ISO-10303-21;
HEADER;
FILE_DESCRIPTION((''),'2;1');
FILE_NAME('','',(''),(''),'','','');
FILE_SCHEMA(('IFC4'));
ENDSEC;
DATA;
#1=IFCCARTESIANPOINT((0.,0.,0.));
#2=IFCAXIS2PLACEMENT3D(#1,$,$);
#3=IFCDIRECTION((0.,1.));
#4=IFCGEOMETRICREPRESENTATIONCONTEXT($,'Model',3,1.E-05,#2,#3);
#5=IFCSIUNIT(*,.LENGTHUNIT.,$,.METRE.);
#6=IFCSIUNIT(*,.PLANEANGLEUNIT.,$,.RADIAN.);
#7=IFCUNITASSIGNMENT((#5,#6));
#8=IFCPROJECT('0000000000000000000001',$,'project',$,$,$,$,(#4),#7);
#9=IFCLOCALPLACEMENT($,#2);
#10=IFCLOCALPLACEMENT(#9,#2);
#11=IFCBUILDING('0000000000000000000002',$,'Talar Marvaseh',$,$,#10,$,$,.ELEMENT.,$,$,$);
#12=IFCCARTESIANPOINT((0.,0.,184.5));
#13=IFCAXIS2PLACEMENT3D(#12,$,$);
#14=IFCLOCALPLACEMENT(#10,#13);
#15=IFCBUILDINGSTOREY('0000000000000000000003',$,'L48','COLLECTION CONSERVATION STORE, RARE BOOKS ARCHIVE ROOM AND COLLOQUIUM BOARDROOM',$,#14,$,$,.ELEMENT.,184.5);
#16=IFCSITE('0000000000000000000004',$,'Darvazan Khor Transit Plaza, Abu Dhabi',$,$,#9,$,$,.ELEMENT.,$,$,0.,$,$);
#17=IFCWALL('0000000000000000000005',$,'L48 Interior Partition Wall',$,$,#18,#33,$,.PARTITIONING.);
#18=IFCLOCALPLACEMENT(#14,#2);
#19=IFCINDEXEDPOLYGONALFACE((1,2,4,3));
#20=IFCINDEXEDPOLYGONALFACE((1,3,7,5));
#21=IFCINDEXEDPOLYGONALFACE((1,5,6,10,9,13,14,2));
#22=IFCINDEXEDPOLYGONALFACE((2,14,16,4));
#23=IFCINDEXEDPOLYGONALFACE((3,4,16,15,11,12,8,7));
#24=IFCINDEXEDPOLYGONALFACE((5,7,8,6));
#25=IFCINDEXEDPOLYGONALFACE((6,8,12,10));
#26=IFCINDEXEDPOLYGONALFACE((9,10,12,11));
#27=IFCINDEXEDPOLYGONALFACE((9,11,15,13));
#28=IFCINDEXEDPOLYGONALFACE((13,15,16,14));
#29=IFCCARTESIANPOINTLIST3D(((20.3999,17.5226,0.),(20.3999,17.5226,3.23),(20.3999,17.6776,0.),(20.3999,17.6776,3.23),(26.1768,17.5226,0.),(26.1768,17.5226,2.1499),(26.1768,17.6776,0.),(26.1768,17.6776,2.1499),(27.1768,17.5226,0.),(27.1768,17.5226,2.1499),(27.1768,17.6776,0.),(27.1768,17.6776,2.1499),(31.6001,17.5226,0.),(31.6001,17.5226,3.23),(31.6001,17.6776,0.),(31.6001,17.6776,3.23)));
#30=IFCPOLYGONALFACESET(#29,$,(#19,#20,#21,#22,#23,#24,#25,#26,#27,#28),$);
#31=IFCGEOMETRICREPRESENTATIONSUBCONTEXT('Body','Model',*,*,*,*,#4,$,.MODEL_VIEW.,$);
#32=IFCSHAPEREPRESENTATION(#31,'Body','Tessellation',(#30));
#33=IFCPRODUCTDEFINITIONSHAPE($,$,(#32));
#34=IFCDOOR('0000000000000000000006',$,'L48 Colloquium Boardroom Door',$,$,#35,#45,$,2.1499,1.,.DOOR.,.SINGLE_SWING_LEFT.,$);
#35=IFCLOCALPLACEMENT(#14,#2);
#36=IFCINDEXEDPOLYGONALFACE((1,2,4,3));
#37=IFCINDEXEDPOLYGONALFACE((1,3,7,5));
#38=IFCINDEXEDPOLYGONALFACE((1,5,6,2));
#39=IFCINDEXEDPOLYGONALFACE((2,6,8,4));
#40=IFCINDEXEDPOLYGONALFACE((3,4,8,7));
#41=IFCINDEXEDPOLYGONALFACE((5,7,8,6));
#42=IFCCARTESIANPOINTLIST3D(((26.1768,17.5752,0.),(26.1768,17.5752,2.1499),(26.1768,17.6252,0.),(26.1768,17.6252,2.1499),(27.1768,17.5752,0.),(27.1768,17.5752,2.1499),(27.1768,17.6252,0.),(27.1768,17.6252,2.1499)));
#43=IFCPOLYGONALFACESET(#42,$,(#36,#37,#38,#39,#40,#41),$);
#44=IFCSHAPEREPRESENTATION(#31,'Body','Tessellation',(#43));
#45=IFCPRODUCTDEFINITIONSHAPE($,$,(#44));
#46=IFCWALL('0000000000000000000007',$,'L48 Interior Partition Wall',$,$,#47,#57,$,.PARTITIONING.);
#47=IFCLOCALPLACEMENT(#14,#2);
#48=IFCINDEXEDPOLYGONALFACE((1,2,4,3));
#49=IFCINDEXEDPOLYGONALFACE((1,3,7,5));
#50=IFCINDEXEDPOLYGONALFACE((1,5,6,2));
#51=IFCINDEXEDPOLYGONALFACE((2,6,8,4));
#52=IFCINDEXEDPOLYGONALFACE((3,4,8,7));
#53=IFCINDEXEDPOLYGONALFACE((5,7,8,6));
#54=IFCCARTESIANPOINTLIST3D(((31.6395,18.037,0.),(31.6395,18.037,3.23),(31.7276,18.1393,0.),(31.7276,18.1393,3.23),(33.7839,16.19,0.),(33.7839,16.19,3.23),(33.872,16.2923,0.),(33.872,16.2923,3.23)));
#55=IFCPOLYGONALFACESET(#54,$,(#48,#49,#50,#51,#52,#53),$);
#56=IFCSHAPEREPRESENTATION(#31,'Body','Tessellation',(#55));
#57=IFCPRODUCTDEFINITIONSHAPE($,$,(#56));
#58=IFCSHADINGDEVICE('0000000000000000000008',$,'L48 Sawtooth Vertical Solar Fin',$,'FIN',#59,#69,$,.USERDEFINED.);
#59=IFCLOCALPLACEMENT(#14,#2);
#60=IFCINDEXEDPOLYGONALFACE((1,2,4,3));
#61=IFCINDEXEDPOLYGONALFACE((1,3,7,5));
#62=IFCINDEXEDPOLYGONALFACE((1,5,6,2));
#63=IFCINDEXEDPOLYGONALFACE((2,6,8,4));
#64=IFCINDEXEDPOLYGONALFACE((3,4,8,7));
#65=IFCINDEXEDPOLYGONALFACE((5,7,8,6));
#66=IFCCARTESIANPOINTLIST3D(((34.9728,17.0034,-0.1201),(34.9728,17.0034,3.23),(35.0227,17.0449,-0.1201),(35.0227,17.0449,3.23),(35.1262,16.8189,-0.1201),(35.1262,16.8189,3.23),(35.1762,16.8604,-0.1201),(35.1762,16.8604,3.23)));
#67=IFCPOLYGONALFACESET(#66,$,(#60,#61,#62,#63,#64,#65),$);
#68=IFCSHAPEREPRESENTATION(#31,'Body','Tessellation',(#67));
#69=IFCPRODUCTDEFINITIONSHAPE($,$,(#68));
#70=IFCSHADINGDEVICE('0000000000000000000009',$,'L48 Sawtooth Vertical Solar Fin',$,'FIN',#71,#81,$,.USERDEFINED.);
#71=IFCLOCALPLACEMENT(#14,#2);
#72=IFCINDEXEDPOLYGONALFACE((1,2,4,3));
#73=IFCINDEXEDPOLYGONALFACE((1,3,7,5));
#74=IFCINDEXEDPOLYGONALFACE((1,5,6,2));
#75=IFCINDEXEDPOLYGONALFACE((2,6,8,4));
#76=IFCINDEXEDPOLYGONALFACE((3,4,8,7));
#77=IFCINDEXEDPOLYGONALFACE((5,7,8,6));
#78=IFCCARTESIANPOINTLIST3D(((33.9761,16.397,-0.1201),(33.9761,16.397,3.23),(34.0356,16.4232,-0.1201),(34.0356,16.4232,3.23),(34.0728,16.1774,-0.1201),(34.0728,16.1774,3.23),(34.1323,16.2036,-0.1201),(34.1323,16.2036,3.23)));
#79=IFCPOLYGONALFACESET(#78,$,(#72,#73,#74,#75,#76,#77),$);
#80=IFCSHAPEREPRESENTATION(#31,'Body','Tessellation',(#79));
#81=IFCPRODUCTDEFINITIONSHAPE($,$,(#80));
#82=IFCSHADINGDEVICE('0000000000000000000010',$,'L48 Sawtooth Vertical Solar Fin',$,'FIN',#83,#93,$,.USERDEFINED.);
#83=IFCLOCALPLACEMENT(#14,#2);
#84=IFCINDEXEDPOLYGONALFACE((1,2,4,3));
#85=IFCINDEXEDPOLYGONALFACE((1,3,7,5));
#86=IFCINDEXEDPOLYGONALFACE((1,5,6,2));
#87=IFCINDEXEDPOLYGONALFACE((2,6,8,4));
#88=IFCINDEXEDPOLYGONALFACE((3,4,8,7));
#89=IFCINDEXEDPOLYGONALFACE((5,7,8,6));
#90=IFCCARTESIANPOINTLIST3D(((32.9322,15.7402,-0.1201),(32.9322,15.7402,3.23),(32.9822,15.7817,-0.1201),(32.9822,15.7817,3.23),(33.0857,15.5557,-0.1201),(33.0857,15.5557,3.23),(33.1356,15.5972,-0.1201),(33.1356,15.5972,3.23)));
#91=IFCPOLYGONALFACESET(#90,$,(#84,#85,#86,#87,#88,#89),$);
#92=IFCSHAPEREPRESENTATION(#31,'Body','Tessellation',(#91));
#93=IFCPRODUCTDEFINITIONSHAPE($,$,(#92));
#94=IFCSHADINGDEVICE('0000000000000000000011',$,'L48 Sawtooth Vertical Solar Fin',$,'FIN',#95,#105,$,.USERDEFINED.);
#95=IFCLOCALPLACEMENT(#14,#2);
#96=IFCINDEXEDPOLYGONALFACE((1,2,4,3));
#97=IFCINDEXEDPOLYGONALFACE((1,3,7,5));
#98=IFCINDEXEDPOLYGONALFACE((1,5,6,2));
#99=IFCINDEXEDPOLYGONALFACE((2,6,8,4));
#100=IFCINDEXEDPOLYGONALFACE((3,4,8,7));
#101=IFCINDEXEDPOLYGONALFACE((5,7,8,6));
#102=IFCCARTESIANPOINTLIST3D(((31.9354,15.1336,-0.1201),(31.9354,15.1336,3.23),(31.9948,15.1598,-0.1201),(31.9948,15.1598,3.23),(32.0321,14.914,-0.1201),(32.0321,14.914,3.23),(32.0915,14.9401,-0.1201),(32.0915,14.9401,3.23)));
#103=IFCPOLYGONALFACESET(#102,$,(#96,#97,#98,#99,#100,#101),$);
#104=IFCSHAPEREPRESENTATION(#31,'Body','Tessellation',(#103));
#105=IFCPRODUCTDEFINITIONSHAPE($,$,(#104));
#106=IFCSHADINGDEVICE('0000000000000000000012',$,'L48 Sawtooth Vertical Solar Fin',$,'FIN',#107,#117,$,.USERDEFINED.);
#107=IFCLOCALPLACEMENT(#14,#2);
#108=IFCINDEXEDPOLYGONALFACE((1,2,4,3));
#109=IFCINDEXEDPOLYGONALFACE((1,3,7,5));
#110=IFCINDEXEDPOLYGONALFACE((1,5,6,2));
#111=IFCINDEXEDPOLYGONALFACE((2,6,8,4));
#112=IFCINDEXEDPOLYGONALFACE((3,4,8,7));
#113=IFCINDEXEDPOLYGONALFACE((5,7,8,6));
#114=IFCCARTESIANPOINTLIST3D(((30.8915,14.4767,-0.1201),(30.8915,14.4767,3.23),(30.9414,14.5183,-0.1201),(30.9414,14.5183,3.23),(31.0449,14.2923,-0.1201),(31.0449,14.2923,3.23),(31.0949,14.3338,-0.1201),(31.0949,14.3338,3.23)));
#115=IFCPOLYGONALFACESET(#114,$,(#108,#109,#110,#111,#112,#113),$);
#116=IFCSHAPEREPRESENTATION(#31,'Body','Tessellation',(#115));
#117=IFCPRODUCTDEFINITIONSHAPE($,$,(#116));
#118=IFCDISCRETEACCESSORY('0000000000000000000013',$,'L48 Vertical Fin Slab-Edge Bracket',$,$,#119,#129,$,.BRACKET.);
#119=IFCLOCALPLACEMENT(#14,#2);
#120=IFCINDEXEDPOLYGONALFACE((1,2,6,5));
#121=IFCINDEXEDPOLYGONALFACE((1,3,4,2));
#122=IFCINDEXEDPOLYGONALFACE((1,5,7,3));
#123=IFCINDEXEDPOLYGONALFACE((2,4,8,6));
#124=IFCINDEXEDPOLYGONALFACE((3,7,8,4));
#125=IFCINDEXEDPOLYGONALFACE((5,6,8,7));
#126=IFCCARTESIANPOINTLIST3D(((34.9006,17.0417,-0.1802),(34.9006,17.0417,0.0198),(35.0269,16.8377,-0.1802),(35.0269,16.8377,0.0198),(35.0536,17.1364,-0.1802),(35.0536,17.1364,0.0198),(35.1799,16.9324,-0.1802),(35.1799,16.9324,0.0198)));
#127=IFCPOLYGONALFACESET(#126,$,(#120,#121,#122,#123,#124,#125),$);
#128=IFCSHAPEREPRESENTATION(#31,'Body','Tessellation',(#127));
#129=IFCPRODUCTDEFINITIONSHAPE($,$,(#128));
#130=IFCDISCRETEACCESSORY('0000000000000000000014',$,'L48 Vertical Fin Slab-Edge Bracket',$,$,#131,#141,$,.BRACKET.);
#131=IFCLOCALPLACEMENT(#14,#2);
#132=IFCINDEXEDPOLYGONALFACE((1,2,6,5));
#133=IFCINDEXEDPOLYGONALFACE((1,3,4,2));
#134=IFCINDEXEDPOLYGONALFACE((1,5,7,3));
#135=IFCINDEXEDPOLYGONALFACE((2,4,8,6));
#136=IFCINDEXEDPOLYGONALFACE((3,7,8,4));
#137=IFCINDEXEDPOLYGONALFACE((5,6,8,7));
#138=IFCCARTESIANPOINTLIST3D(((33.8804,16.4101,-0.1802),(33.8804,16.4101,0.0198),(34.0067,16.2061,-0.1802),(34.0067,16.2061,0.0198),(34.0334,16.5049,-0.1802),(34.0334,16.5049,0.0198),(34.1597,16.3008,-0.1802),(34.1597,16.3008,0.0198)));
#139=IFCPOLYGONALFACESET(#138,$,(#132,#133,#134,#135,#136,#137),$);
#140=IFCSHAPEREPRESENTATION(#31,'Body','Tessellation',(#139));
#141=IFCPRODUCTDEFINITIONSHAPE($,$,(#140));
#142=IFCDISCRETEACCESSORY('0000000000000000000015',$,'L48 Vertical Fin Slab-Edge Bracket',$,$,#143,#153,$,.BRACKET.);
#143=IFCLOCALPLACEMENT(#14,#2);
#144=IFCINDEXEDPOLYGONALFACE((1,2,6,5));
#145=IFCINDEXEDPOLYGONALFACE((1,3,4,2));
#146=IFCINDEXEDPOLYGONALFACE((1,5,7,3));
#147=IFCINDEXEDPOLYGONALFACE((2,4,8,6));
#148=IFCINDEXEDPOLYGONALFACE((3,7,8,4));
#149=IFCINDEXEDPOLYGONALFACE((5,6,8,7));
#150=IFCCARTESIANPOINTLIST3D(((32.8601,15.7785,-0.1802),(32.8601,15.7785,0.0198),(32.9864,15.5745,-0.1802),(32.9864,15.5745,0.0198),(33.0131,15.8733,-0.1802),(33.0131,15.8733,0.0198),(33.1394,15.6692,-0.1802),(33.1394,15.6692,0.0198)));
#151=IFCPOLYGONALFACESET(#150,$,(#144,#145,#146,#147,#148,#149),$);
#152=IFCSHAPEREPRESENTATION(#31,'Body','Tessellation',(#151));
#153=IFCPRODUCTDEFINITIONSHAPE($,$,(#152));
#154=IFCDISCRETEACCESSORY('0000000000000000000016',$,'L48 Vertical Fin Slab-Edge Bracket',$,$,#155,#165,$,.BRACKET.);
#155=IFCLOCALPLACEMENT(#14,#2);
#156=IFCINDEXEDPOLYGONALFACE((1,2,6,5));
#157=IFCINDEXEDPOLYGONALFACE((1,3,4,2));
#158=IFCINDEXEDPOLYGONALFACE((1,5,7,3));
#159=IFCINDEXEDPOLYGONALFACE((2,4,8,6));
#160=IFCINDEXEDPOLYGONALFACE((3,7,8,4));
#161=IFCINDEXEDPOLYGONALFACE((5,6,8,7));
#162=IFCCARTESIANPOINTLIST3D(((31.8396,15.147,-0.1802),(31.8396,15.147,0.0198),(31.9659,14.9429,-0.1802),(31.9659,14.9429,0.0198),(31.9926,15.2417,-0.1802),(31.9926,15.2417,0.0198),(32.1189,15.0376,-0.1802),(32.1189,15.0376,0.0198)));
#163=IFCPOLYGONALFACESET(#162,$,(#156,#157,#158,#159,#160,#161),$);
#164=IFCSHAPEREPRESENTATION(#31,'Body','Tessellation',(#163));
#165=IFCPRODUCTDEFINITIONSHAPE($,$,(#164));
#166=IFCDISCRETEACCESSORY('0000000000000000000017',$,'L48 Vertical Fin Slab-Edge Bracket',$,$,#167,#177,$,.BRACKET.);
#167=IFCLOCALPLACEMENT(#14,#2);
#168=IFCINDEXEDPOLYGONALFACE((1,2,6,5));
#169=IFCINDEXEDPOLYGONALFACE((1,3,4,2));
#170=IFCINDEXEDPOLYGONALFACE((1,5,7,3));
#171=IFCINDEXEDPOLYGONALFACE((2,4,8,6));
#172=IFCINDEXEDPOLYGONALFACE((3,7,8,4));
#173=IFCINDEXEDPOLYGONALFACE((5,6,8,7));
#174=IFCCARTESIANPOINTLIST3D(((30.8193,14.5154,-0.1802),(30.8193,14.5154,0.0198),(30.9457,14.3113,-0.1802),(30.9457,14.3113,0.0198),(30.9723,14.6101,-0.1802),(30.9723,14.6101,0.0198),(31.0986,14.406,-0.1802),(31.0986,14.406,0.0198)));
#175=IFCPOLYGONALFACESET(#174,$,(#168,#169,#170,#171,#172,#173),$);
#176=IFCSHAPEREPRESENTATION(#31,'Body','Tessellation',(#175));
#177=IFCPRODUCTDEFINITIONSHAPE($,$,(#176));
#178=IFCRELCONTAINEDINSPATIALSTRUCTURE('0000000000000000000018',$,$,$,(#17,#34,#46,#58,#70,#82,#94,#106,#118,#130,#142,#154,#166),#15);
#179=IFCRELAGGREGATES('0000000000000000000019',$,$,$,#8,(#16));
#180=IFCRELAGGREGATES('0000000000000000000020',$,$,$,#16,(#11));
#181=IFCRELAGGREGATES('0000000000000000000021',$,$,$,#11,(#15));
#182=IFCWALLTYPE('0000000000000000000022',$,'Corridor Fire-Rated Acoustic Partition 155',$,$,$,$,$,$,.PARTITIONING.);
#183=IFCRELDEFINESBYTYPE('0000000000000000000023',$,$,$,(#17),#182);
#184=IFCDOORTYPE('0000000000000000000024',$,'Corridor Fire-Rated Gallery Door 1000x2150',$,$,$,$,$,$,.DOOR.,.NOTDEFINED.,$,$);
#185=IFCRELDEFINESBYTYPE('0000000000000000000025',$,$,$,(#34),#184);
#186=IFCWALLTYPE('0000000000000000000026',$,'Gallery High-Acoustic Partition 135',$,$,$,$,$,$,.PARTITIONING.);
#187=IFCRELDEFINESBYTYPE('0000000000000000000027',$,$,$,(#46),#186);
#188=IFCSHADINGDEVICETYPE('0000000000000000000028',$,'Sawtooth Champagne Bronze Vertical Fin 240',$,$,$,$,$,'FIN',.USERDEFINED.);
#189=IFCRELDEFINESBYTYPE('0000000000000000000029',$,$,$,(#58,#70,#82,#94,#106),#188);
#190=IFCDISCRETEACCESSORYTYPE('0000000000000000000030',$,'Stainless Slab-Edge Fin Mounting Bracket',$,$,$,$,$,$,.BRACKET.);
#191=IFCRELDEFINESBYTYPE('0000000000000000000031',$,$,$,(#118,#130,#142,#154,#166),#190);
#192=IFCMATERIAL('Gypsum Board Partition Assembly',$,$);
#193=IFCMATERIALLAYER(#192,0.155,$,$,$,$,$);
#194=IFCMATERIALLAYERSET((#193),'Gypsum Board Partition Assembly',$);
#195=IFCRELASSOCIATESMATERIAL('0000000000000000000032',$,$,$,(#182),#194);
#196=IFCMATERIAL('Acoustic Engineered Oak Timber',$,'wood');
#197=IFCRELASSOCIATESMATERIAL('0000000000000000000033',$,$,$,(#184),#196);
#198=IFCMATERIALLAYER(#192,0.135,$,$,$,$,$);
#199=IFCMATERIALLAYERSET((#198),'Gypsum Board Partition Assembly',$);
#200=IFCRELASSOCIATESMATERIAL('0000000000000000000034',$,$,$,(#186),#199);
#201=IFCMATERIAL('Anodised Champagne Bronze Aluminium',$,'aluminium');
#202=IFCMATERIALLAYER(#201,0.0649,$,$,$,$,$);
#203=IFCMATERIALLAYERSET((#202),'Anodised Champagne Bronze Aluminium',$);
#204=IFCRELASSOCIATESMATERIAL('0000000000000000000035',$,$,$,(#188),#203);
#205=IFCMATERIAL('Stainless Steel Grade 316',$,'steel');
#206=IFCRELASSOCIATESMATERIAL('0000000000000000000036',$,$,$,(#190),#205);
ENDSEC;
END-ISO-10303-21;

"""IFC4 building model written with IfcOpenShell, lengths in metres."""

from ifc_helpers import new_model, si_unit, direction, frame, frame_2d, origin, origin_2d, place, context, subcontext, project, spatial, rectangle, extrude, source, transform, mapped, material, layer, layer_set, type_object, type_shapes, element, fill, save


model = new_model("IFC4")

# Units and contexts
model_context = context("Model", 3, precision=1e-05, world=origin(), true_north=direction((0.0, 1.0)))
body_context = subcontext(model_context, "Body", "Model", "MODEL_VIEW")
ifc_project = project(units=[si_unit("LENGTHUNIT", "METRE"), si_unit("PLANEANGLEUNIT", "RADIAN")], contexts=[model_context])

# Site, building, storey
site_placement = place(None, origin())
site = spatial("IfcSite", under=ifc_project, at=site_placement, Name="Darvazan Khor Transit Plaza, Abu Dhabi", CompositionType="ELEMENT", RefElevation=0.0)
building_placement = place(site_placement, origin())
building = spatial("IfcBuilding", under=site, at=building_placement, Name="Talar Marvaseh", CompositionType="ELEMENT")
storey_placement = place(building_placement, frame((0.0, 0.0, 184.5)))
storey = spatial("IfcBuildingStorey", under=building, at=storey_placement, Name="L48", Description="COLLECTION CONSERVATION STORE, RARE BOOKS ARCHIVE ROOM AND COLLOQUIUM BOARDROOM", CompositionType="ELEMENT", Elevation=184.5)

# Wall, opening, door
ifc_material_1 = material(Name="Gypsum Board Partition Assembly")
ifc_layer_1 = layer(ifc_material_1, 0.155)
ifc_layer_set_1 = layer_set([ifc_layer_1], Name="Gypsum Board Partition Assembly")
wall_type_1 = type_object("IfcWallType", Name="Corridor Fire-Rated Acoustic Partition 155", PredefinedType="PARTITIONING", material=ifc_layer_set_1)
wall_1_placement = place(storey_placement, frame((31.6001, 17.6001, 0.0), z_axis=(0.0, 0.0, 1.0), x_axis=(-1.0, 0.0, 0.0)))
wall_1 = element("IfcWall", 1, at=wall_1_placement, inside=storey, type_object=wall_type_1, Name="L48 Interior Partition Wall", PredefinedType="PARTITIONING", context=body_context, shape_type="SweptSolid", body=[
    extrude(rectangle(XDim=11.2002, YDim=0.155, at=frame_2d((5.6001, 0.0))), origin(), (0.0, 0.0, 1.0), 3.23),
])
opening_placement = place(wall_1_placement, frame((4.4233, 0.0, 0.0)))
opening = element("IfcOpeningElement", 2, at=opening_placement, cuts=wall_1, PredefinedType="OPENING", context=body_context, shape_type="SweptSolid", body=[
    extrude(rectangle(XDim=1.0, YDim=2.1499, at=frame_2d((0.5, 1.075))), frame((0.0, 0.0874, 0.0), z_axis=(0.0, -1.0, 0.0), x_axis=(1.0, 0.0, 0.0)), (0.0, 0.0, 1.0), 0.175),
])
ifc_material_2 = material(Name="Acoustic Engineered Oak Timber", Category="wood")
door_type = type_object("IfcDoorType", Name="Corridor Fire-Rated Gallery Door 1000x2150", OperationType="NOTDEFINED", PredefinedType="DOOR", material=ifc_material_2)
shared_shape_1 = source(origin(), body_context, "Body", "SweptSolid", [
    extrude(rectangle(XDim=1.0, YDim=2.1499, at=frame_2d((0.5, 1.075))), frame((0.0, 0.0249, 0.0), z_axis=(0.0, -1.0, 0.0), x_axis=(1.0, 0.0, 0.0)), (0.0, 0.0, 1.0), 0.05),
])
type_shapes(door_type, [shared_shape_1])
door_placement = place(opening_placement, origin())
door = element("IfcDoor", 3, at=door_placement, inside=storey, type_object=door_type, Name="L48 Colloquium Boardroom Door", OperationType="SINGLE_SWING_LEFT", OverallHeight=2.1499, OverallWidth=1.0, PredefinedType="DOOR", context=body_context, shape_type="MappedRepresentation", body=[
    mapped(shared_shape_1, transform((0.0, 0.0, 0.0), x_axis=(1.0, 0.0, 0.0), y_axis=(0.0, 1.0, 0.0), z_axis=(0.0, 0.0, 1.0), scale=1.0)),
])
fill(opening, door)

# Wall
ifc_layer_2 = layer(ifc_material_1, 0.135)
ifc_layer_set_2 = layer_set([ifc_layer_2], Name="Gypsum Board Partition Assembly")
wall_type_2 = type_object("IfcWallType", Name="Gallery High-Acoustic Partition 135", PredefinedType="PARTITIONING", material=ifc_layer_set_2)
wall_2_placement = place(storey_placement, frame((31.6836, 18.0881, 0.0), z_axis=(0.0, 0.0, 1.0), x_axis=(0.757689, -0.652615, 0.0)))
element("IfcWall", 4, at=wall_2_placement, inside=storey, type_object=wall_type_2, Name="L48 Interior Partition Wall", PredefinedType="PARTITIONING", context=body_context, shape_type="SweptSolid", body=[
    extrude(rectangle(XDim=2.8301, YDim=0.135, at=frame_2d((1.415, 0.0))), origin(), (0.0, 0.0, 1.0), 3.23),
])

# Shading devices
ifc_material_3 = material(Name="Anodised Champagne Bronze Aluminium", Category="aluminium")
ifc_layer_3 = layer(ifc_material_3, 0.0649)
ifc_layer_set_3 = layer_set([ifc_layer_3], Name="Anodised Champagne Bronze Aluminium")
shading_device_type = type_object("IfcShadingDeviceType", Name="Sawtooth Champagne Bronze Vertical Fin 240", ElementType="FIN", PredefinedType="USERDEFINED", material=ifc_layer_set_3)
shared_shape_2 = source(origin(), body_context, "Body", "SweptSolid", [
    extrude(rectangle(XDim=0.24, YDim=0.0649, at=origin_2d()), origin(), (0.0, 0.0, 1.0), 3.3501),
])
type_shapes(shading_device_type, [shared_shape_2])
for number, where, z_axis, x_axis, name in (
    (5, (35.0745, 16.9319, -0.1201), (0.0, 0.0, 1.0), (0.639573, -0.76873, 0.0), "L48 Sawtooth Vertical Solar Fin"),
    (6, (34.0542, 16.3003, -0.1201), (0.0, 0.0, 1.0), (0.402906, -0.915241, 0.0), "L48 Sawtooth Vertical Solar Fin"),
    (7, (33.0339, 15.6687, -0.1201), (0.0, 0.0, 1.0), (0.639573, -0.76873, 0.0), "L48 Sawtooth Vertical Solar Fin"),
    (8, (32.0134, 15.0369, -0.1201), (0.0, 0.0, 1.0), (0.402906, -0.915241, 0.0), "L48 Sawtooth Vertical Solar Fin"),
    (9, (30.9932, 14.4053, -0.1201), (0.0, 0.0, 1.0), (0.639573, -0.76873, 0.0), "L48 Sawtooth Vertical Solar Fin"),
):
    element("IfcShadingDevice", number, at=place(storey_placement, frame(where, z_axis=z_axis, x_axis=x_axis)), inside=storey, type_object=shading_device_type, Name=name, ObjectType="FIN", PredefinedType="USERDEFINED", context=body_context, shape_type="MappedRepresentation", body=[
        mapped(shared_shape_2, transform((0.0, 0.0, 0.0), x_axis=(1.0, 0.0, 0.0), y_axis=(0.0, 1.0, 0.0), z_axis=(0.0, 0.0, 1.0), scale=1.0)),
    ])

# Discrete accessories
ifc_material_4 = material(Name="Stainless Steel Grade 316", Category="steel")
discrete_accessory_type = type_object("IfcDiscreteAccessoryType", Name="Stainless Slab-Edge Fin Mounting Bracket", PredefinedType="BRACKET", material=ifc_material_4)
shared_shape_3 = source(origin(), body_context, "Body", "SweptSolid", [
    extrude(rectangle(XDim=0.24, YDim=0.1799, at=origin_2d()), origin(), (0.0, 0.0, 1.0), 0.2),
])
type_shapes(discrete_accessory_type, [shared_shape_3])
for number, where, z_axis, x_axis, name in (
    (10, (35.0403, 16.9871, -0.1802), (0.0, 0.0, 1.0), (0.526362, -0.85026, 0.0), "L48 Vertical Fin Slab-Edge Bracket"),
    (11, (34.02, 16.3555, -0.1802), (0.0, 0.0, 1.0), (0.526362, -0.85026, 0.0), "L48 Vertical Fin Slab-Edge Bracket"),
    (12, (32.9998, 15.7239, -0.1802), (0.0, 0.0, 1.0), (0.526362, -0.85026, 0.0), "L48 Vertical Fin Slab-Edge Bracket"),
    (13, (31.9792, 15.0923, -0.1802), (0.0, 0.0, 1.0), (0.526362, -0.85026, 0.0), "L48 Vertical Fin Slab-Edge Bracket"),
    (14, (30.959, 14.4607, -0.1802), (0.0, 0.0, 1.0), (0.526362, -0.85026, 0.0), "L48 Vertical Fin Slab-Edge Bracket"),
):
    element("IfcDiscreteAccessory", number, at=place(storey_placement, frame(where, z_axis=z_axis, x_axis=x_axis)), inside=storey, type_object=discrete_accessory_type, Name=name, PredefinedType="BRACKET", context=body_context, shape_type="MappedRepresentation", body=[
        mapped(shared_shape_3, transform((0.0, 0.0, 0.0), x_axis=(1.0, 0.0, 0.0), y_axis=(0.0, 1.0, 0.0), z_axis=(0.0, 0.0, 1.0), scale=1.0)),
    ])

save(model, "model.ifc")
